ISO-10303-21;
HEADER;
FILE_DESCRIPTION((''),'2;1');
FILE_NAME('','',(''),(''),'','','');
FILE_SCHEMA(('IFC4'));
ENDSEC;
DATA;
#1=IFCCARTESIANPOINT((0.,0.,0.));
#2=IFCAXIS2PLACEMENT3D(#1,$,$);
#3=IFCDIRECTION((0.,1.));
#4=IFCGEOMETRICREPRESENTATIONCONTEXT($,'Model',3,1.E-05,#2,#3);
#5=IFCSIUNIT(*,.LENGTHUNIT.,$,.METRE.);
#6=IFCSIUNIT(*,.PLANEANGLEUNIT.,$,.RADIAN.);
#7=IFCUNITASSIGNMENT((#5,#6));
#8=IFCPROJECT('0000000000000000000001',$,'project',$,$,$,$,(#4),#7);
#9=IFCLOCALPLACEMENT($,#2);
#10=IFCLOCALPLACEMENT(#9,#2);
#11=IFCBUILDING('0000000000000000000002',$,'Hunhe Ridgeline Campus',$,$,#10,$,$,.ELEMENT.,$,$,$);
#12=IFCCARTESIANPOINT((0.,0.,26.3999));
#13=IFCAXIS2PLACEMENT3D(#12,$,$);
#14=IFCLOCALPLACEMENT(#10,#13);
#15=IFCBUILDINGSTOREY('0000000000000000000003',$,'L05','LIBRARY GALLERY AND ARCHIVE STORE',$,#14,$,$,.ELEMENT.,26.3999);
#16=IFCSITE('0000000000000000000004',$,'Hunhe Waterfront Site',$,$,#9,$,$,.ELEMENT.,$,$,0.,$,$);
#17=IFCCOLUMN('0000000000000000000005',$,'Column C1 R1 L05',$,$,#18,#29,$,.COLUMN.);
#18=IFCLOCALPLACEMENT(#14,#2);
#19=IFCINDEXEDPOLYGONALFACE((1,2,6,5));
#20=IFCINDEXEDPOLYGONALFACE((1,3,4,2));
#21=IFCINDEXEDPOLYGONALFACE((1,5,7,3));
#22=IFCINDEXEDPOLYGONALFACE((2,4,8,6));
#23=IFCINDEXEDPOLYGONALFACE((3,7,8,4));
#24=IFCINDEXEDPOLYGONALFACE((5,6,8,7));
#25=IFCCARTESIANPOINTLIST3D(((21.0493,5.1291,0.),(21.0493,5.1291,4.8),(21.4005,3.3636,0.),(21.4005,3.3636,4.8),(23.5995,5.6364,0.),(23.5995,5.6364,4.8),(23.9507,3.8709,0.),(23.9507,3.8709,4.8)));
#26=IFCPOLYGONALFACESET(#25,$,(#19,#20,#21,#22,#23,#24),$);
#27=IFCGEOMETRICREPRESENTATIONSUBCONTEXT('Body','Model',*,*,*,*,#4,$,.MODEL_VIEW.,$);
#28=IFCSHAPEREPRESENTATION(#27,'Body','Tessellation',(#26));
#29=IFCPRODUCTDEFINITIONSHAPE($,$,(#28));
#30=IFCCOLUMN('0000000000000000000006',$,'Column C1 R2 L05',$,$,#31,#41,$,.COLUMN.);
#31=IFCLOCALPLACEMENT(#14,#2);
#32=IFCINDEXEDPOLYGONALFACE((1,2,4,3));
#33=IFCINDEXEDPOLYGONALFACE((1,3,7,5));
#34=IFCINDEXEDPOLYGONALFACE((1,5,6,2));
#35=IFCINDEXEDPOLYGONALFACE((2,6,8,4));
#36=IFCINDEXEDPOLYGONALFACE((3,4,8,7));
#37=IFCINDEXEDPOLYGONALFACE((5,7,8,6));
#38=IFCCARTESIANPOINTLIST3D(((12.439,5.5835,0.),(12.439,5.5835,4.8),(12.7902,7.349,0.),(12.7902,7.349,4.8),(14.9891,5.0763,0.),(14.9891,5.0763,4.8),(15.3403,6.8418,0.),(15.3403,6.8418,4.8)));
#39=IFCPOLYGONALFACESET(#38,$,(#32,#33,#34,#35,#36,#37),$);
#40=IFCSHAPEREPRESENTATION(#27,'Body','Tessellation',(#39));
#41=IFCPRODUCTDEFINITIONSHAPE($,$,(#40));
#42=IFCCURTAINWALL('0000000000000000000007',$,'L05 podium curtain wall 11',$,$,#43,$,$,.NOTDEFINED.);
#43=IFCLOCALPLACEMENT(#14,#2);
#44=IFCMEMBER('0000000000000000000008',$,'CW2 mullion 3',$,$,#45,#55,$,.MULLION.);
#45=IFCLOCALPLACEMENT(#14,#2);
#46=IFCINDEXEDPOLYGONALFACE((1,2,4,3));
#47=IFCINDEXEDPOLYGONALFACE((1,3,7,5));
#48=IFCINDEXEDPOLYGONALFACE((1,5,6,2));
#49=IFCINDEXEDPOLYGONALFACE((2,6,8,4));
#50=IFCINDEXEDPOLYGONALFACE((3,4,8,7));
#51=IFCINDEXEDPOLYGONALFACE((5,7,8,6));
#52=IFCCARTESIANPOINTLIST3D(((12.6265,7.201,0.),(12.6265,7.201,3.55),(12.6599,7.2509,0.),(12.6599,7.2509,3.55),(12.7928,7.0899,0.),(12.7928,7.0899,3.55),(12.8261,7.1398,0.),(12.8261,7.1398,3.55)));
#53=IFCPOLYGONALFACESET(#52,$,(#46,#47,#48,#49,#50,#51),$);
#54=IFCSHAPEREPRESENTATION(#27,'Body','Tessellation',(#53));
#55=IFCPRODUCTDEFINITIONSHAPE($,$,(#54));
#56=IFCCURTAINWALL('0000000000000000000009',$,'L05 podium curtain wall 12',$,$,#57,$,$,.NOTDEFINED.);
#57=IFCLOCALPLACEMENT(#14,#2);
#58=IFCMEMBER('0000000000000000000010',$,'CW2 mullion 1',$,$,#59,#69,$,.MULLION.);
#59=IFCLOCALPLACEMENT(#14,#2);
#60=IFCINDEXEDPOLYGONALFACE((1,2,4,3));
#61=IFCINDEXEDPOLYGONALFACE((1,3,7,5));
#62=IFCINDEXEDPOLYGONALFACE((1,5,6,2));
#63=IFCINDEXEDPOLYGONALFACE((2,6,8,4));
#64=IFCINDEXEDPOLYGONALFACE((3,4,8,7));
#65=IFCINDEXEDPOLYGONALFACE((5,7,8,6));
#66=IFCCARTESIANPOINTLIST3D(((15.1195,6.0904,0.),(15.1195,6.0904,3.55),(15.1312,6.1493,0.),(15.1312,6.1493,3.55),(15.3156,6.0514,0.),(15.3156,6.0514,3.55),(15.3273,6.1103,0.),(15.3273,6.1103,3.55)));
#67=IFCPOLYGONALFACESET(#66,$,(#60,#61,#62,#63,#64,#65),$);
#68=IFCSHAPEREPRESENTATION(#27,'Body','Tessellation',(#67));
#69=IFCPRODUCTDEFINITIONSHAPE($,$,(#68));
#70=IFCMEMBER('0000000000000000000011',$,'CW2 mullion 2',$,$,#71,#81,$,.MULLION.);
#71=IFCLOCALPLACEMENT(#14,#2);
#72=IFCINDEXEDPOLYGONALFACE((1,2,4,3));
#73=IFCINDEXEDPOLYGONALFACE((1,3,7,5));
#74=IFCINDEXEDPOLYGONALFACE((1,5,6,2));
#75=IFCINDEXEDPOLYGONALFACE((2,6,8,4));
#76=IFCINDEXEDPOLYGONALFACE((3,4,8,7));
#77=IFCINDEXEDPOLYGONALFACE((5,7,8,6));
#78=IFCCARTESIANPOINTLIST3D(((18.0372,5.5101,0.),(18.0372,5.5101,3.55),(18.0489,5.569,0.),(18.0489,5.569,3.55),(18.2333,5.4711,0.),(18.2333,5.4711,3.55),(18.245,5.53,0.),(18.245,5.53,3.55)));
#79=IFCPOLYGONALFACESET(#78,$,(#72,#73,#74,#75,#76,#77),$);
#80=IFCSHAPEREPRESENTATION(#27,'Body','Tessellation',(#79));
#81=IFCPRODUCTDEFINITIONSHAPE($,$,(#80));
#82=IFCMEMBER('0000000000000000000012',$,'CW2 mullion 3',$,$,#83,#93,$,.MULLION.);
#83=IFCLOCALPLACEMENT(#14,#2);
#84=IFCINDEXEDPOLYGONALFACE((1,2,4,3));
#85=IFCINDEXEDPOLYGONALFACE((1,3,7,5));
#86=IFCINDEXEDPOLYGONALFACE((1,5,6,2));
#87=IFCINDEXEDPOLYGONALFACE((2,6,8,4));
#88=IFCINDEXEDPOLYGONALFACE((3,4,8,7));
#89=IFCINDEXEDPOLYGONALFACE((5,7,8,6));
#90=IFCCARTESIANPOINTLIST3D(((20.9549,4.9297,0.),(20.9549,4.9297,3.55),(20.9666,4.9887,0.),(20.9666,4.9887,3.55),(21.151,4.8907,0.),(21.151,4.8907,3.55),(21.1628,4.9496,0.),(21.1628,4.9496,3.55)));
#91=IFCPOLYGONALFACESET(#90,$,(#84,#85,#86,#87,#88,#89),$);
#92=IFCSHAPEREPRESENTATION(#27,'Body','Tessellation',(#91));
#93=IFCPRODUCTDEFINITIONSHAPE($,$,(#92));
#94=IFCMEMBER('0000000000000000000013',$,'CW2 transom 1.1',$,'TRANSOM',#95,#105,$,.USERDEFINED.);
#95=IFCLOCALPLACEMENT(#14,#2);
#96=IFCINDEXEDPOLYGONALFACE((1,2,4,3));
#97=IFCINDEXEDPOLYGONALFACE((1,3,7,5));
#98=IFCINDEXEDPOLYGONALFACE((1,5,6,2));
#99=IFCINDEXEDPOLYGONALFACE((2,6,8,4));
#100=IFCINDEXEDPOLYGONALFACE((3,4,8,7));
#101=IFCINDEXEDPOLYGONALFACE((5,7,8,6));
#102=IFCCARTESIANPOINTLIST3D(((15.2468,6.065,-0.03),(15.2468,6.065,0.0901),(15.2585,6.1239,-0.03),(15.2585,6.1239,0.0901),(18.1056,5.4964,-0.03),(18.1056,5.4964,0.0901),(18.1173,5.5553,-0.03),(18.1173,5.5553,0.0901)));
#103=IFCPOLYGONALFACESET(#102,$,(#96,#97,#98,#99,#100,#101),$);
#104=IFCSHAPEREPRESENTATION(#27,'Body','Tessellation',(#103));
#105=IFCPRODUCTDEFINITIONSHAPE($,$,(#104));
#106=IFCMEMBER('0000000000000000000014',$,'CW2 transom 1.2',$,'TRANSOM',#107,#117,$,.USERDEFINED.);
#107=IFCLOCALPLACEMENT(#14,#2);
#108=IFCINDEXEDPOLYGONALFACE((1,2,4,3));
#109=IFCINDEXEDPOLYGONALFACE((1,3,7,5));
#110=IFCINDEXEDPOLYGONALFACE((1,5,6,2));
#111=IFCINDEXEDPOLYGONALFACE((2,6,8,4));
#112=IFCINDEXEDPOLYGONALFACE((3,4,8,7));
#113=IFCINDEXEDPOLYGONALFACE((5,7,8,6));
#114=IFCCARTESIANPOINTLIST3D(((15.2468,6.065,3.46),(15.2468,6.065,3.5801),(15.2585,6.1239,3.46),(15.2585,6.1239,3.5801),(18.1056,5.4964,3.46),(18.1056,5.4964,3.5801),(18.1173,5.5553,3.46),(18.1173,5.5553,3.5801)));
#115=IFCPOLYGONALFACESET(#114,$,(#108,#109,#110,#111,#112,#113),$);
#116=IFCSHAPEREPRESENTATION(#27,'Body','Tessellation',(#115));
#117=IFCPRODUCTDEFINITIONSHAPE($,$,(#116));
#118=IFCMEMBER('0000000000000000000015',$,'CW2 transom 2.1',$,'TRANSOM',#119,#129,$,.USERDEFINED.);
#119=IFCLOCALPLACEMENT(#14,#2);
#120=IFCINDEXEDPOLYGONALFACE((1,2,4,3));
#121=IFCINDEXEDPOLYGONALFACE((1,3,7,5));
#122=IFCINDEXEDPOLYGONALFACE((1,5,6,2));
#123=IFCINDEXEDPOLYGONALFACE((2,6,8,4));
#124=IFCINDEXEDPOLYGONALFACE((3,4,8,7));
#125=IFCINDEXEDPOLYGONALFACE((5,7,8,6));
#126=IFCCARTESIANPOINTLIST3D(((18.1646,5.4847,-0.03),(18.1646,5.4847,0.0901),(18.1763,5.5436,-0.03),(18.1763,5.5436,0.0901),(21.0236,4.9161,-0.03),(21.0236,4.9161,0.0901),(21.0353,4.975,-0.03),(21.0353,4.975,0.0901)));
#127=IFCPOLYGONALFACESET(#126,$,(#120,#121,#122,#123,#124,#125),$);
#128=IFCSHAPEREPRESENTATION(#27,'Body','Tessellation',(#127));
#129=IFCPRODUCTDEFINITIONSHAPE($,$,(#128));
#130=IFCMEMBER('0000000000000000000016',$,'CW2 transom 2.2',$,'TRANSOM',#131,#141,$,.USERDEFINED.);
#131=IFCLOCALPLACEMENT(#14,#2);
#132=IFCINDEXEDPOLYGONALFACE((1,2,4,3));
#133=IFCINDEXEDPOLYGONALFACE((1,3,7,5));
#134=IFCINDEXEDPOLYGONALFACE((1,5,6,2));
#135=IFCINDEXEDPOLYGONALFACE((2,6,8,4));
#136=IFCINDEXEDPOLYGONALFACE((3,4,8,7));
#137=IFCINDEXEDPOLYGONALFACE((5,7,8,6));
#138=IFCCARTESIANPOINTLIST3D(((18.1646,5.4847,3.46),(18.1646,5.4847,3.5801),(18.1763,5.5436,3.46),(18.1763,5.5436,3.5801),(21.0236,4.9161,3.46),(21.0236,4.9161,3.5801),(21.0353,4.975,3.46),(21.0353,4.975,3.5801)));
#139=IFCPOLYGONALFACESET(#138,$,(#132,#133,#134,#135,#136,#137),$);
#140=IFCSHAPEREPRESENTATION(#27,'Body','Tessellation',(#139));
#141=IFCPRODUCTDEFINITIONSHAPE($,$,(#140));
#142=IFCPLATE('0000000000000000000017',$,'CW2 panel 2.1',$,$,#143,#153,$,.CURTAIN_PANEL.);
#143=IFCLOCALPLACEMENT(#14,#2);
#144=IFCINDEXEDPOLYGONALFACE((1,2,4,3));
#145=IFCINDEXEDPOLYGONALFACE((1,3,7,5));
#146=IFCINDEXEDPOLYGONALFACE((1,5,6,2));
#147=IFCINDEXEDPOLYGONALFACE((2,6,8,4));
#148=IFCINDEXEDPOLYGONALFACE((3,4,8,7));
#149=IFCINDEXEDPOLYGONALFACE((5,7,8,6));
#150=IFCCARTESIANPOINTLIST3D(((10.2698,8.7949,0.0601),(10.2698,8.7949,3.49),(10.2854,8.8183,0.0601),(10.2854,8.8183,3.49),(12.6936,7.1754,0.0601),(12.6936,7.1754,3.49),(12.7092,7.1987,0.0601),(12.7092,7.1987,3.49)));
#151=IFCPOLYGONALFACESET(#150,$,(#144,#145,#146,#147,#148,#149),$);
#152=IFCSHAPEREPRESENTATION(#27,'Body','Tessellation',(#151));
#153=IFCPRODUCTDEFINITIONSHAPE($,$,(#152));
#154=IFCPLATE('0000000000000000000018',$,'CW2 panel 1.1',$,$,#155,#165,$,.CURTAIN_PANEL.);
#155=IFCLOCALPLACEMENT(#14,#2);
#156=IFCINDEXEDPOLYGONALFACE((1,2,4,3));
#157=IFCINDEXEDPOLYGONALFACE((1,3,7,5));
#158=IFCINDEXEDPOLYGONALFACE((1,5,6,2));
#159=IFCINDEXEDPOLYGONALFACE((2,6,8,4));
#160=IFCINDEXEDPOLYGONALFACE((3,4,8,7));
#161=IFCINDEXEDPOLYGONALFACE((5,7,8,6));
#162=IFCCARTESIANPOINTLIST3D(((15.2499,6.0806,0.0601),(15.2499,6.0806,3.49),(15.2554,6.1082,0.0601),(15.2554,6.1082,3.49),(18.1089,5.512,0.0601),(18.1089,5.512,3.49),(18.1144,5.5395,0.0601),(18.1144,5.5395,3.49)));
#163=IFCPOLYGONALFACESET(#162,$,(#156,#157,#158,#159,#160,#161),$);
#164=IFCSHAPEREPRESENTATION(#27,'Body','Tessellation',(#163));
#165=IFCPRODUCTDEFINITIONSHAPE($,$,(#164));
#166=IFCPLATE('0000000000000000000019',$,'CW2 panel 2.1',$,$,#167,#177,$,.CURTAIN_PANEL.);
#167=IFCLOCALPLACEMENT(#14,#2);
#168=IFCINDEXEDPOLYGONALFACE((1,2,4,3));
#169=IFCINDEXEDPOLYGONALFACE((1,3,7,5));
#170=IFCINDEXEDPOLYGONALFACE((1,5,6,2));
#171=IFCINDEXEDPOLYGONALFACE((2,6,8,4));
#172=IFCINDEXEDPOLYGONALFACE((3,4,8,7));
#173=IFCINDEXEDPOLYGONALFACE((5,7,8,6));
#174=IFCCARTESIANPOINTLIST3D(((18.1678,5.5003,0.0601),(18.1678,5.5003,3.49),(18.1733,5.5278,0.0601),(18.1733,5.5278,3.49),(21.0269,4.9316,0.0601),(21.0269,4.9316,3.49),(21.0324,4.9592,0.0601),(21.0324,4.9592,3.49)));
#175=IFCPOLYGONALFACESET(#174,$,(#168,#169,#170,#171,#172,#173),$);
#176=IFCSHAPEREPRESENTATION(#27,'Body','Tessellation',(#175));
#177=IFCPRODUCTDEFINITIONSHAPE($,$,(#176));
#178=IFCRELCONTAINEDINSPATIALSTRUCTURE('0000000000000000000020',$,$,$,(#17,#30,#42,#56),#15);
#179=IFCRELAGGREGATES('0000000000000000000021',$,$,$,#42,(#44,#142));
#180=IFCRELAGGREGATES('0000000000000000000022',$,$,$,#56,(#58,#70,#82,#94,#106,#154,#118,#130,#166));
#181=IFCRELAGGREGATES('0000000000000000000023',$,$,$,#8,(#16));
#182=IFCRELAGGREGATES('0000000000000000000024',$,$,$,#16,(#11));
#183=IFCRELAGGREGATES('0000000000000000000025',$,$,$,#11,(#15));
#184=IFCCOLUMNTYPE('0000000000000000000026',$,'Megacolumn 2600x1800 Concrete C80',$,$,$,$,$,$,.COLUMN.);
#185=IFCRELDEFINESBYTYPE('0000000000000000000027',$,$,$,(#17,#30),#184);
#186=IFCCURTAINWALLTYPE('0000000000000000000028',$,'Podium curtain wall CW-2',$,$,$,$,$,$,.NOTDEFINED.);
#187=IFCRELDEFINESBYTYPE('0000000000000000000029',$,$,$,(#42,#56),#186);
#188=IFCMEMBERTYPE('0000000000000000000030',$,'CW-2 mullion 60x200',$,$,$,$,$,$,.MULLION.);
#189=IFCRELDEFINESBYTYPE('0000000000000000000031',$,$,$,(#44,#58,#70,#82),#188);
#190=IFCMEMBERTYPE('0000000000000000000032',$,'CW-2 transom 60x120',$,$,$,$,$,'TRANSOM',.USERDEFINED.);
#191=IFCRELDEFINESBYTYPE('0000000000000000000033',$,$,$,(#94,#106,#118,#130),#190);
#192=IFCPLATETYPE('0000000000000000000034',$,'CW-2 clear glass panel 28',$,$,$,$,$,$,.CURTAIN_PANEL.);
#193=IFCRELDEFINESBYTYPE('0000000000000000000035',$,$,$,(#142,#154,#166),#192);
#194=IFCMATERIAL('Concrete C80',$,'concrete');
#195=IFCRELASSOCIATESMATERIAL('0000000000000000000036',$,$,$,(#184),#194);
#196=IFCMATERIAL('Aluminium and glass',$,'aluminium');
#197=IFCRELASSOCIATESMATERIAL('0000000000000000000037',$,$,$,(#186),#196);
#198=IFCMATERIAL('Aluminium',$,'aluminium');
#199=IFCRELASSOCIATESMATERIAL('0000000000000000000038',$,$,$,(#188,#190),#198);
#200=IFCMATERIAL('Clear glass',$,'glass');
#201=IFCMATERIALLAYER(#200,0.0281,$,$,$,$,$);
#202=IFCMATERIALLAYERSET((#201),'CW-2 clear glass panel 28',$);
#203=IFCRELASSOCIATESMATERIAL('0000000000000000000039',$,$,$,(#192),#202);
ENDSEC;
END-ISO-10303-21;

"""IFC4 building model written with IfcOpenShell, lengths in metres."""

from ifc_helpers import new_model, si_unit, direction, frame, origin, origin_2d, place, context, subcontext, project, spatial, rectangle, extrude, material, layer, layer_set, material_profile, profile_set, type_object, element, aggregate, save


model = new_model("IFC4")

# Units and contexts
model_context = context("Model", 3, precision=1e-05, world=origin(), true_north=direction((0.0, 1.0)))
body_context = subcontext(model_context, "Body", "Model", "MODEL_VIEW")
ifc_project = project(units=[si_unit("LENGTHUNIT", "METRE"), si_unit("PLANEANGLEUNIT", "RADIAN")], contexts=[model_context])

# Site, building, storey
site_placement = place(None, origin())
site = spatial("IfcSite", under=ifc_project, at=site_placement, Name="Hunhe Waterfront Site", CompositionType="ELEMENT", RefElevation=0.0)
building_placement = place(site_placement, origin())
building = spatial("IfcBuilding", under=site, at=building_placement, Name="Hunhe Ridgeline Campus", CompositionType="ELEMENT")
storey_placement = place(building_placement, frame((0.0, 0.0, 26.3999)))
storey = spatial("IfcBuildingStorey", under=building, at=storey_placement, Name="L05", Description="LIBRARY GALLERY AND ARCHIVE STORE", CompositionType="ELEMENT", Elevation=26.3999)

# Columns
ifc_material_1 = material(Name="Concrete C80", Category="concrete")
ifc_material_profile_1 = material_profile(ifc_material_1, rectangle(XDim=2.6001, YDim=1.8, at=origin_2d()))
ifc_profile_set_1 = profile_set([ifc_material_profile_1], Name="Concrete C80")
column_type = type_object("IfcColumnType", Name="Megacolumn 2600x1800 Concrete C80", PredefinedType="COLUMN", material=ifc_profile_set_1)
for number, where, z_axis, x_axis, name in (
    (1, (22.5, 4.5, 0.0), (0.0, 0.0, 1.0), (0.980785, 0.19509, 0.0), "Column C1 R1 L05"),
    (2, (13.8896, 6.2126, 0.0), (0.0, 0.0, 1.0), (-0.980785, 0.19509, 0.0), "Column C1 R2 L05"),
):
    element("IfcColumn", number, at=place(storey_placement, frame(where, z_axis=z_axis, x_axis=x_axis)), inside=storey, type_object=column_type, Name=name, PredefinedType="COLUMN", context=body_context, shape_type="SweptSolid", body=[
        extrude(rectangle(XDim=2.6001, YDim=1.8, at=origin_2d()), origin(), (0.0, 0.0, 1.0), 4.8),
    ])

# Curtain wall, member
ifc_material_2 = material(Name="Aluminium and glass", Category="aluminium")
curtain_wall_type = type_object("IfcCurtainWallType", Name="Podium curtain wall CW-2", PredefinedType="NOTDEFINED", material=ifc_material_2)
curtain_wall_1_placement = place(storey_placement, origin())
curtain_wall_1 = element("IfcCurtainWall", 3, at=curtain_wall_1_placement, inside=storey, type_object=curtain_wall_type, Name="L05 podium curtain wall 11", PredefinedType="NOTDEFINED")
ifc_material_3 = material(Name="Aluminium", Category="aluminium")
ifc_material_profile_2 = material_profile(ifc_material_3, rectangle(XDim=0.0601, YDim=0.2, at=origin_2d()))
ifc_profile_set_2 = profile_set([ifc_material_profile_2], Name="Aluminium")
member_type_1 = type_object("IfcMemberType", Name="CW-2 mullion 60x200", PredefinedType="MULLION", material=ifc_profile_set_2)
member_1_placement = place(storey_placement, frame((12.7263, 7.1704, 0.0), z_axis=(0.0, 0.0, 1.0), x_axis=(0.555572, 0.831469, 0.0)))
member_1 = element("IfcMember", 4, at=member_1_placement, type_object=member_type_1, Name="CW2 mullion 3", PredefinedType="MULLION", context=body_context, shape_type="SweptSolid", body=[
    extrude(rectangle(XDim=0.0601, YDim=0.2, at=origin_2d()), origin(), (0.0, 0.0, 1.0), 3.55),
])

# Curtain wall, members
curtain_wall_2_placement = place(storey_placement, origin())
curtain_wall_2 = element("IfcCurtainWall", 5, at=curtain_wall_2_placement, inside=storey, type_object=curtain_wall_type, Name="L05 podium curtain wall 12", PredefinedType="NOTDEFINED")
member_2_placement = place(storey_placement, frame((15.2234, 6.1003, 0.0), z_axis=(0.0, 0.0, 1.0), x_axis=(0.195079, 0.980787, 0.0)))
member_2 = element("IfcMember", 6, at=member_2_placement, type_object=member_type_1, Name="CW2 mullion 1", PredefinedType="MULLION", context=body_context, shape_type="SweptSolid", body=[
    extrude(rectangle(XDim=0.0601, YDim=0.2, at=origin_2d()), origin(), (0.0, 0.0, 1.0), 3.55),
])
member_3_placement = place(storey_placement, frame((18.1411, 5.52, 0.0), z_axis=(0.0, 0.0, 1.0), x_axis=(0.195079, 0.980787, 0.0)))
member_3 = element("IfcMember", 7, at=member_3_placement, type_object=member_type_1, Name="CW2 mullion 2", PredefinedType="MULLION", context=body_context, shape_type="SweptSolid", body=[
    extrude(rectangle(XDim=0.0601, YDim=0.2, at=origin_2d()), origin(), (0.0, 0.0, 1.0), 3.55),
])
member_4_placement = place(storey_placement, frame((21.0588, 4.9397, 0.0), z_axis=(0.0, 0.0, 1.0), x_axis=(0.195079, 0.980787, 0.0)))
member_4 = element("IfcMember", 8, at=member_4_placement, type_object=member_type_1, Name="CW2 mullion 3", PredefinedType="MULLION", context=body_context, shape_type="SweptSolid", body=[
    extrude(rectangle(XDim=0.0601, YDim=0.2, at=origin_2d()), origin(), (0.0, 0.0, 1.0), 3.55),
])
ifc_material_profile_3 = material_profile(ifc_material_3, rectangle(XDim=0.0601, YDim=0.1201, at=origin_2d()))
ifc_profile_set_3 = profile_set([ifc_material_profile_3], Name="Aluminium")
member_type_2 = type_object("IfcMemberType", Name="CW-2 transom 60x120", ElementType="TRANSOM", PredefinedType="USERDEFINED", material=ifc_profile_set_3)
member_5_placement = place(storey_placement, frame((15.2527, 6.0945, 0.03), z_axis=(0.98079, -0.195069, 0.0), x_axis=(0.195069, 0.98079, 0.0)))
member_5 = element("IfcMember", 9, at=member_5_placement, type_object=member_type_2, Name="CW2 transom 1.1", ObjectType="TRANSOM", PredefinedType="USERDEFINED", context=body_context, shape_type="SweptSolid", body=[
    extrude(rectangle(XDim=0.0601, YDim=0.1201, at=origin_2d()), origin(), (0.0, 0.0, 1.0), 2.9148),
])
member_6_placement = place(storey_placement, frame((15.2527, 6.0945, 3.52), z_axis=(0.98079, -0.195069, 0.0), x_axis=(0.195069, 0.98079, 0.0)))
member_6 = element("IfcMember", 10, at=member_6_placement, type_object=member_type_2, Name="CW2 transom 1.2", ObjectType="TRANSOM", PredefinedType="USERDEFINED", context=body_context, shape_type="SweptSolid", body=[
    extrude(rectangle(XDim=0.0601, YDim=0.1201, at=origin_2d()), origin(), (0.0, 0.0, 1.0), 2.9148),
])
member_7_placement = place(storey_placement, frame((18.1704, 5.5142, 0.03), z_axis=(0.980793, -0.195053, 0.0), x_axis=(0.195053, 0.980793, 0.0)))
member_7 = element("IfcMember", 11, at=member_7_placement, type_object=member_type_2, Name="CW2 transom 2.1", ObjectType="TRANSOM", PredefinedType="USERDEFINED", context=body_context, shape_type="SweptSolid", body=[
    extrude(rectangle(XDim=0.0601, YDim=0.1201, at=origin_2d()), origin(), (0.0, 0.0, 1.0), 2.915),
])
member_8_placement = place(storey_placement, frame((18.1704, 5.5142, 3.52), z_axis=(0.980793, -0.195053, 0.0), x_axis=(0.195053, 0.980793, 0.0)))
member_8 = element("IfcMember", 12, at=member_8_placement, type_object=member_type_2, Name="CW2 transom 2.2", ObjectType="TRANSOM", PredefinedType="USERDEFINED", context=body_context, shape_type="SweptSolid", body=[
    extrude(rectangle(XDim=0.0601, YDim=0.1201, at=origin_2d()), origin(), (0.0, 0.0, 1.0), 2.915),
])

# Plates
ifc_material_4 = material(Name="Clear glass", Category="glass")
ifc_layer_1 = layer(ifc_material_4, 0.0281)
ifc_layer_set_1 = layer_set([ifc_layer_1], Name="CW-2 clear glass panel 28")
plate_type = type_object("IfcPlateType", Name="CW-2 clear glass panel 28", PredefinedType="CURTAIN_PANEL", material=ifc_layer_set_1)
plate_1_placement = place(storey_placement, frame((11.4895, 7.9968, 0.0601), z_axis=(0.0, 0.0, 1.0), x_axis=(0.831469, -0.555572, 0.0)))
plate_1 = element("IfcPlate", 13, at=plate_1_placement, type_object=plate_type, Name="CW2 panel 2.1", PredefinedType="CURTAIN_PANEL", context=body_context, shape_type="SweptSolid", body=[
    extrude(rectangle(XDim=2.915, YDim=0.0281, at=origin_2d()), origin(), (0.0, 0.0, 1.0), 3.4299),
])
aggregate(curtain_wall_1, [member_1, plate_1])
plate_2_placement = place(storey_placement, frame((16.6821, 5.8101, 0.0601), z_axis=(0.0, 0.0, 1.0), x_axis=(0.980787, -0.195079, 0.0)))
plate_2 = element("IfcPlate", 14, at=plate_2_placement, type_object=plate_type, Name="CW2 panel 1.1", PredefinedType="CURTAIN_PANEL", context=body_context, shape_type="SweptSolid", body=[
    extrude(rectangle(XDim=2.915, YDim=0.0281, at=origin_2d()), origin(), (0.0, 0.0, 1.0), 3.4299),
])
plate_3_placement = place(storey_placement, frame((19.6001, 5.2297, 0.0601), z_axis=(0.0, 0.0, 1.0), x_axis=(0.980787, -0.195079, 0.0)))
plate_3 = element("IfcPlate", 15, at=plate_3_placement, type_object=plate_type, Name="CW2 panel 2.1", PredefinedType="CURTAIN_PANEL", context=body_context, shape_type="SweptSolid", body=[
    extrude(rectangle(XDim=2.915, YDim=0.0281, at=origin_2d()), origin(), (0.0, 0.0, 1.0), 3.4299),
])
aggregate(curtain_wall_2, [member_2, member_3, member_4, member_5, member_6, plate_2, member_7, member_8, plate_3])

save(model, "model.ifc")
